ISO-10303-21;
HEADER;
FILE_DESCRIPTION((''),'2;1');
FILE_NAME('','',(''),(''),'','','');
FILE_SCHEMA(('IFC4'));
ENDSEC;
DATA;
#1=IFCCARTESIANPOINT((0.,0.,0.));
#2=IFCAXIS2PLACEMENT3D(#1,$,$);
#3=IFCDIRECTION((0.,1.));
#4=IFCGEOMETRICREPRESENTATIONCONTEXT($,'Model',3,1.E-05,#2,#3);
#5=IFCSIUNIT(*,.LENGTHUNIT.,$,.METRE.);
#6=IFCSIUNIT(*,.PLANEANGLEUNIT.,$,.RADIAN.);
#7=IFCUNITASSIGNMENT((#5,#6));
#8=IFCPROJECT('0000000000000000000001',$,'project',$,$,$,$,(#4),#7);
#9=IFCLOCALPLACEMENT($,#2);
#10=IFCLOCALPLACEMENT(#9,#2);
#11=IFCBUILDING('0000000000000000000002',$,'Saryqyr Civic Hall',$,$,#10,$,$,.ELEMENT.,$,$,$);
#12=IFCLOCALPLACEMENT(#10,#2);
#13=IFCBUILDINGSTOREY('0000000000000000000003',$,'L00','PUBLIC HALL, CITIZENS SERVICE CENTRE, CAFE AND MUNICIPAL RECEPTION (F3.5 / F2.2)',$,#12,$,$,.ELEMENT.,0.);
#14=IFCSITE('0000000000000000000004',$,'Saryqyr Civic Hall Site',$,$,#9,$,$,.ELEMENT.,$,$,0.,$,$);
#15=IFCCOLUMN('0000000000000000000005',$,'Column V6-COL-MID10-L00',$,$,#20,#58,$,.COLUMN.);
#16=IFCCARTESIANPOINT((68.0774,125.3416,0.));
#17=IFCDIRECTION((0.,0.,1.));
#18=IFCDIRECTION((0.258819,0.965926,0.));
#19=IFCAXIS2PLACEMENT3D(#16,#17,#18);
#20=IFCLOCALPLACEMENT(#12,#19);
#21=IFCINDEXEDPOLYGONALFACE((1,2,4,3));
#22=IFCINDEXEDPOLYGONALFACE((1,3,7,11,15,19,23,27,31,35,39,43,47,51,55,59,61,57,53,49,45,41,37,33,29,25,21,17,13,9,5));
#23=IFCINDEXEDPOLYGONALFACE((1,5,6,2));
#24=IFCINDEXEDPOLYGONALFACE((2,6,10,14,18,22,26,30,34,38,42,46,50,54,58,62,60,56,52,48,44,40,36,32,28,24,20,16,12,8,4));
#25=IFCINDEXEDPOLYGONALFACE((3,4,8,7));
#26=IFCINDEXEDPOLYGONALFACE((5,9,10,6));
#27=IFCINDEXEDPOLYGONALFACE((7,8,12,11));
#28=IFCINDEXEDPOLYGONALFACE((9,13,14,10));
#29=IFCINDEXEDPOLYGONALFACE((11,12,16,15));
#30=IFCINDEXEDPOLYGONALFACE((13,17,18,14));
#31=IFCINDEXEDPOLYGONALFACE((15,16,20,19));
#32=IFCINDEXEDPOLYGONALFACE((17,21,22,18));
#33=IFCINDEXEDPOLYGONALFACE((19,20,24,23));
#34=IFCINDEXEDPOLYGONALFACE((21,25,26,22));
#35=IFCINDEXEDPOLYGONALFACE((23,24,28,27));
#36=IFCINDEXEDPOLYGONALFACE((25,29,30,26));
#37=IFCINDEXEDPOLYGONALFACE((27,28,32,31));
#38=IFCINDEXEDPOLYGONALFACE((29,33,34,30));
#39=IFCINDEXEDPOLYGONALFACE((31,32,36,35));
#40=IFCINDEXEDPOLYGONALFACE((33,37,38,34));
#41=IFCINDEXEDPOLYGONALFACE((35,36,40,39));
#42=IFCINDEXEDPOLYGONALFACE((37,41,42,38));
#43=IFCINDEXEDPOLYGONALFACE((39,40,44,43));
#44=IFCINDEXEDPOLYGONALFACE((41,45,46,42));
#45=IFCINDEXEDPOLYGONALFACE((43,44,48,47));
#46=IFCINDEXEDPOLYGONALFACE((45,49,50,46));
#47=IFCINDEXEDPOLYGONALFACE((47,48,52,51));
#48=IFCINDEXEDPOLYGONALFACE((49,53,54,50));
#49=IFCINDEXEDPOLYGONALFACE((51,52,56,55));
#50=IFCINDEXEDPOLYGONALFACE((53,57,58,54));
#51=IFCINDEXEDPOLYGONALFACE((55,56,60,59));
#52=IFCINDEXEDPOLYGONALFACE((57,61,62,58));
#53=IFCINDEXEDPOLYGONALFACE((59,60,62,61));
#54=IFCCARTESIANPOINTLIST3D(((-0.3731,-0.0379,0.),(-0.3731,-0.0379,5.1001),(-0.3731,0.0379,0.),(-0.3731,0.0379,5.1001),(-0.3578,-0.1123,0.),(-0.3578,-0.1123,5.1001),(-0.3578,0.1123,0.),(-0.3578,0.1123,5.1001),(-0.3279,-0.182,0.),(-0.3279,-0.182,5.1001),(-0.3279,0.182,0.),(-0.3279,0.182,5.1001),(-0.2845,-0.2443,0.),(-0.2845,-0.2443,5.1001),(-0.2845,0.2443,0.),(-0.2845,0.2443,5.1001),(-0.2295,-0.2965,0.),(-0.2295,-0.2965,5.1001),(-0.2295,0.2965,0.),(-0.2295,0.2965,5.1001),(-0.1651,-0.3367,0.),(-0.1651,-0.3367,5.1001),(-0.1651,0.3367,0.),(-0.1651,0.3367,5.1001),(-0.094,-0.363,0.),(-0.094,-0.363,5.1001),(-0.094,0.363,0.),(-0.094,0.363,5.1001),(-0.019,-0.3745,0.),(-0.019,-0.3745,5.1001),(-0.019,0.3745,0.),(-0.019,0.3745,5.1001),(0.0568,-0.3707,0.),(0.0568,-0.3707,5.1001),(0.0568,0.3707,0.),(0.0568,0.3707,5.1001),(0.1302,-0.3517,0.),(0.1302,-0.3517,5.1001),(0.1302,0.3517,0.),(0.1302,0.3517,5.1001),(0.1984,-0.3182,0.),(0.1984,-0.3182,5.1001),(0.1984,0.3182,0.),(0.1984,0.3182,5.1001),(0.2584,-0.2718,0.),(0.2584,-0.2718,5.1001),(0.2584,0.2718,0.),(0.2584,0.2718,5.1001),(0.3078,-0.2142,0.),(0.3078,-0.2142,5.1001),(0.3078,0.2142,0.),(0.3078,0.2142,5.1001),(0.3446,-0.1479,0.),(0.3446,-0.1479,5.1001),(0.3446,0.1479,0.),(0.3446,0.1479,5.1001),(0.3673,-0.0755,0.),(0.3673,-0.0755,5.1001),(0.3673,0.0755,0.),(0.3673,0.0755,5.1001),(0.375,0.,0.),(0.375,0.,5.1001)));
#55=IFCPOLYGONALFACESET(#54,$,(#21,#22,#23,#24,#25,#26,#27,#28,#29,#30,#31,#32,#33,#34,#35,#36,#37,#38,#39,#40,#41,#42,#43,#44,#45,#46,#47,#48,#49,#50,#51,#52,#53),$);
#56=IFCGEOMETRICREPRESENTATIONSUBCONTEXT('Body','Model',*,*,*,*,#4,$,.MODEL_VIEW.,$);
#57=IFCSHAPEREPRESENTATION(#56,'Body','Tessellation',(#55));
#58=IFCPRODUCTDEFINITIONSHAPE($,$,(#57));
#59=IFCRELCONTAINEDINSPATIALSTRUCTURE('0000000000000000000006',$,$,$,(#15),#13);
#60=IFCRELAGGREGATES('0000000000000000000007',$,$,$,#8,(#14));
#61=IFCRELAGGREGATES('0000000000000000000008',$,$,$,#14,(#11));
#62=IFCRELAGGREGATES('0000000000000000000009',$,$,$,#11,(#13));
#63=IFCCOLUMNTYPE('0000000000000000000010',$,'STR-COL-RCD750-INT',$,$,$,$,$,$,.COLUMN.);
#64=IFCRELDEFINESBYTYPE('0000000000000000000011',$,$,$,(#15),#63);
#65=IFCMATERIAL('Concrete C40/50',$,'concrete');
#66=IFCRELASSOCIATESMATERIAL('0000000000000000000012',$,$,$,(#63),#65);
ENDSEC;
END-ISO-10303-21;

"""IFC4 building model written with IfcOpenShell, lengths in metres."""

from ifc_helpers import new_model, si_unit, direction, frame, origin, origin_2d, place, context, subcontext, project, spatial, circle, extrude, material, material_profile, profile_set, type_object, element, save


model = new_model("IFC4")

# Units and contexts
model_context = context("Model", 3, precision=1e-05, world=origin(), true_north=direction((0.0, 1.0)))
body_context = subcontext(model_context, "Body", "Model", "MODEL_VIEW")
ifc_project = project(units=[si_unit("LENGTHUNIT", "METRE"), si_unit("PLANEANGLEUNIT", "RADIAN")], contexts=[model_context])

# Site, building, storey
site_placement = place(None, origin())
site = spatial("IfcSite", under=ifc_project, at=site_placement, Name="Saryqyr Civic Hall Site", CompositionType="ELEMENT", RefElevation=0.0)
building_placement = place(site_placement, origin())
building = spatial("IfcBuilding", under=site, at=building_placement, Name="Saryqyr Civic Hall", CompositionType="ELEMENT")
storey_placement = place(building_placement, origin())
storey = spatial("IfcBuildingStorey", under=building, at=storey_placement, Name="L00", Description="PUBLIC HALL, CITIZENS SERVICE CENTRE, CAFE AND MUNICIPAL RECEPTION (F3.5 / F2.2)", CompositionType="ELEMENT", Elevation=0.0)

# Column
ifc_material_1 = material(Name="Concrete C40/50", Category="concrete")
ifc_material_profile_1 = material_profile(ifc_material_1, circle(Radius=0.375, at=origin_2d()), Name="RC D750")
ifc_profile_set_1 = profile_set([ifc_material_profile_1], Name="Concrete C40/50")
column_type_1 = type_object("IfcColumnType", Name="STR-COL-RCD750-INT", PredefinedType="COLUMN", material=ifc_profile_set_1)
for number, where, z_axis, x_axis, name in (
    (1, (68.0774, 125.3416, 0.0), (0.0, 0.0, 1.0), (0.258819, 0.965926, 0.0), "Column V6-COL-MID10-L00"),
):
    element("IfcColumn", number, at=place(storey_placement, frame(where, z_axis=z_axis, x_axis=x_axis)), inside=storey, type_object=column_type_1, Name=name, PredefinedType="COLUMN", context=body_context, shape_type="SweptSolid", body=[
        extrude(circle(Radius=0.375, at=origin_2d()), origin(), (0.0, 0.0, 1.0), 5.1001),
    ])

save(model, "model.ifc")
